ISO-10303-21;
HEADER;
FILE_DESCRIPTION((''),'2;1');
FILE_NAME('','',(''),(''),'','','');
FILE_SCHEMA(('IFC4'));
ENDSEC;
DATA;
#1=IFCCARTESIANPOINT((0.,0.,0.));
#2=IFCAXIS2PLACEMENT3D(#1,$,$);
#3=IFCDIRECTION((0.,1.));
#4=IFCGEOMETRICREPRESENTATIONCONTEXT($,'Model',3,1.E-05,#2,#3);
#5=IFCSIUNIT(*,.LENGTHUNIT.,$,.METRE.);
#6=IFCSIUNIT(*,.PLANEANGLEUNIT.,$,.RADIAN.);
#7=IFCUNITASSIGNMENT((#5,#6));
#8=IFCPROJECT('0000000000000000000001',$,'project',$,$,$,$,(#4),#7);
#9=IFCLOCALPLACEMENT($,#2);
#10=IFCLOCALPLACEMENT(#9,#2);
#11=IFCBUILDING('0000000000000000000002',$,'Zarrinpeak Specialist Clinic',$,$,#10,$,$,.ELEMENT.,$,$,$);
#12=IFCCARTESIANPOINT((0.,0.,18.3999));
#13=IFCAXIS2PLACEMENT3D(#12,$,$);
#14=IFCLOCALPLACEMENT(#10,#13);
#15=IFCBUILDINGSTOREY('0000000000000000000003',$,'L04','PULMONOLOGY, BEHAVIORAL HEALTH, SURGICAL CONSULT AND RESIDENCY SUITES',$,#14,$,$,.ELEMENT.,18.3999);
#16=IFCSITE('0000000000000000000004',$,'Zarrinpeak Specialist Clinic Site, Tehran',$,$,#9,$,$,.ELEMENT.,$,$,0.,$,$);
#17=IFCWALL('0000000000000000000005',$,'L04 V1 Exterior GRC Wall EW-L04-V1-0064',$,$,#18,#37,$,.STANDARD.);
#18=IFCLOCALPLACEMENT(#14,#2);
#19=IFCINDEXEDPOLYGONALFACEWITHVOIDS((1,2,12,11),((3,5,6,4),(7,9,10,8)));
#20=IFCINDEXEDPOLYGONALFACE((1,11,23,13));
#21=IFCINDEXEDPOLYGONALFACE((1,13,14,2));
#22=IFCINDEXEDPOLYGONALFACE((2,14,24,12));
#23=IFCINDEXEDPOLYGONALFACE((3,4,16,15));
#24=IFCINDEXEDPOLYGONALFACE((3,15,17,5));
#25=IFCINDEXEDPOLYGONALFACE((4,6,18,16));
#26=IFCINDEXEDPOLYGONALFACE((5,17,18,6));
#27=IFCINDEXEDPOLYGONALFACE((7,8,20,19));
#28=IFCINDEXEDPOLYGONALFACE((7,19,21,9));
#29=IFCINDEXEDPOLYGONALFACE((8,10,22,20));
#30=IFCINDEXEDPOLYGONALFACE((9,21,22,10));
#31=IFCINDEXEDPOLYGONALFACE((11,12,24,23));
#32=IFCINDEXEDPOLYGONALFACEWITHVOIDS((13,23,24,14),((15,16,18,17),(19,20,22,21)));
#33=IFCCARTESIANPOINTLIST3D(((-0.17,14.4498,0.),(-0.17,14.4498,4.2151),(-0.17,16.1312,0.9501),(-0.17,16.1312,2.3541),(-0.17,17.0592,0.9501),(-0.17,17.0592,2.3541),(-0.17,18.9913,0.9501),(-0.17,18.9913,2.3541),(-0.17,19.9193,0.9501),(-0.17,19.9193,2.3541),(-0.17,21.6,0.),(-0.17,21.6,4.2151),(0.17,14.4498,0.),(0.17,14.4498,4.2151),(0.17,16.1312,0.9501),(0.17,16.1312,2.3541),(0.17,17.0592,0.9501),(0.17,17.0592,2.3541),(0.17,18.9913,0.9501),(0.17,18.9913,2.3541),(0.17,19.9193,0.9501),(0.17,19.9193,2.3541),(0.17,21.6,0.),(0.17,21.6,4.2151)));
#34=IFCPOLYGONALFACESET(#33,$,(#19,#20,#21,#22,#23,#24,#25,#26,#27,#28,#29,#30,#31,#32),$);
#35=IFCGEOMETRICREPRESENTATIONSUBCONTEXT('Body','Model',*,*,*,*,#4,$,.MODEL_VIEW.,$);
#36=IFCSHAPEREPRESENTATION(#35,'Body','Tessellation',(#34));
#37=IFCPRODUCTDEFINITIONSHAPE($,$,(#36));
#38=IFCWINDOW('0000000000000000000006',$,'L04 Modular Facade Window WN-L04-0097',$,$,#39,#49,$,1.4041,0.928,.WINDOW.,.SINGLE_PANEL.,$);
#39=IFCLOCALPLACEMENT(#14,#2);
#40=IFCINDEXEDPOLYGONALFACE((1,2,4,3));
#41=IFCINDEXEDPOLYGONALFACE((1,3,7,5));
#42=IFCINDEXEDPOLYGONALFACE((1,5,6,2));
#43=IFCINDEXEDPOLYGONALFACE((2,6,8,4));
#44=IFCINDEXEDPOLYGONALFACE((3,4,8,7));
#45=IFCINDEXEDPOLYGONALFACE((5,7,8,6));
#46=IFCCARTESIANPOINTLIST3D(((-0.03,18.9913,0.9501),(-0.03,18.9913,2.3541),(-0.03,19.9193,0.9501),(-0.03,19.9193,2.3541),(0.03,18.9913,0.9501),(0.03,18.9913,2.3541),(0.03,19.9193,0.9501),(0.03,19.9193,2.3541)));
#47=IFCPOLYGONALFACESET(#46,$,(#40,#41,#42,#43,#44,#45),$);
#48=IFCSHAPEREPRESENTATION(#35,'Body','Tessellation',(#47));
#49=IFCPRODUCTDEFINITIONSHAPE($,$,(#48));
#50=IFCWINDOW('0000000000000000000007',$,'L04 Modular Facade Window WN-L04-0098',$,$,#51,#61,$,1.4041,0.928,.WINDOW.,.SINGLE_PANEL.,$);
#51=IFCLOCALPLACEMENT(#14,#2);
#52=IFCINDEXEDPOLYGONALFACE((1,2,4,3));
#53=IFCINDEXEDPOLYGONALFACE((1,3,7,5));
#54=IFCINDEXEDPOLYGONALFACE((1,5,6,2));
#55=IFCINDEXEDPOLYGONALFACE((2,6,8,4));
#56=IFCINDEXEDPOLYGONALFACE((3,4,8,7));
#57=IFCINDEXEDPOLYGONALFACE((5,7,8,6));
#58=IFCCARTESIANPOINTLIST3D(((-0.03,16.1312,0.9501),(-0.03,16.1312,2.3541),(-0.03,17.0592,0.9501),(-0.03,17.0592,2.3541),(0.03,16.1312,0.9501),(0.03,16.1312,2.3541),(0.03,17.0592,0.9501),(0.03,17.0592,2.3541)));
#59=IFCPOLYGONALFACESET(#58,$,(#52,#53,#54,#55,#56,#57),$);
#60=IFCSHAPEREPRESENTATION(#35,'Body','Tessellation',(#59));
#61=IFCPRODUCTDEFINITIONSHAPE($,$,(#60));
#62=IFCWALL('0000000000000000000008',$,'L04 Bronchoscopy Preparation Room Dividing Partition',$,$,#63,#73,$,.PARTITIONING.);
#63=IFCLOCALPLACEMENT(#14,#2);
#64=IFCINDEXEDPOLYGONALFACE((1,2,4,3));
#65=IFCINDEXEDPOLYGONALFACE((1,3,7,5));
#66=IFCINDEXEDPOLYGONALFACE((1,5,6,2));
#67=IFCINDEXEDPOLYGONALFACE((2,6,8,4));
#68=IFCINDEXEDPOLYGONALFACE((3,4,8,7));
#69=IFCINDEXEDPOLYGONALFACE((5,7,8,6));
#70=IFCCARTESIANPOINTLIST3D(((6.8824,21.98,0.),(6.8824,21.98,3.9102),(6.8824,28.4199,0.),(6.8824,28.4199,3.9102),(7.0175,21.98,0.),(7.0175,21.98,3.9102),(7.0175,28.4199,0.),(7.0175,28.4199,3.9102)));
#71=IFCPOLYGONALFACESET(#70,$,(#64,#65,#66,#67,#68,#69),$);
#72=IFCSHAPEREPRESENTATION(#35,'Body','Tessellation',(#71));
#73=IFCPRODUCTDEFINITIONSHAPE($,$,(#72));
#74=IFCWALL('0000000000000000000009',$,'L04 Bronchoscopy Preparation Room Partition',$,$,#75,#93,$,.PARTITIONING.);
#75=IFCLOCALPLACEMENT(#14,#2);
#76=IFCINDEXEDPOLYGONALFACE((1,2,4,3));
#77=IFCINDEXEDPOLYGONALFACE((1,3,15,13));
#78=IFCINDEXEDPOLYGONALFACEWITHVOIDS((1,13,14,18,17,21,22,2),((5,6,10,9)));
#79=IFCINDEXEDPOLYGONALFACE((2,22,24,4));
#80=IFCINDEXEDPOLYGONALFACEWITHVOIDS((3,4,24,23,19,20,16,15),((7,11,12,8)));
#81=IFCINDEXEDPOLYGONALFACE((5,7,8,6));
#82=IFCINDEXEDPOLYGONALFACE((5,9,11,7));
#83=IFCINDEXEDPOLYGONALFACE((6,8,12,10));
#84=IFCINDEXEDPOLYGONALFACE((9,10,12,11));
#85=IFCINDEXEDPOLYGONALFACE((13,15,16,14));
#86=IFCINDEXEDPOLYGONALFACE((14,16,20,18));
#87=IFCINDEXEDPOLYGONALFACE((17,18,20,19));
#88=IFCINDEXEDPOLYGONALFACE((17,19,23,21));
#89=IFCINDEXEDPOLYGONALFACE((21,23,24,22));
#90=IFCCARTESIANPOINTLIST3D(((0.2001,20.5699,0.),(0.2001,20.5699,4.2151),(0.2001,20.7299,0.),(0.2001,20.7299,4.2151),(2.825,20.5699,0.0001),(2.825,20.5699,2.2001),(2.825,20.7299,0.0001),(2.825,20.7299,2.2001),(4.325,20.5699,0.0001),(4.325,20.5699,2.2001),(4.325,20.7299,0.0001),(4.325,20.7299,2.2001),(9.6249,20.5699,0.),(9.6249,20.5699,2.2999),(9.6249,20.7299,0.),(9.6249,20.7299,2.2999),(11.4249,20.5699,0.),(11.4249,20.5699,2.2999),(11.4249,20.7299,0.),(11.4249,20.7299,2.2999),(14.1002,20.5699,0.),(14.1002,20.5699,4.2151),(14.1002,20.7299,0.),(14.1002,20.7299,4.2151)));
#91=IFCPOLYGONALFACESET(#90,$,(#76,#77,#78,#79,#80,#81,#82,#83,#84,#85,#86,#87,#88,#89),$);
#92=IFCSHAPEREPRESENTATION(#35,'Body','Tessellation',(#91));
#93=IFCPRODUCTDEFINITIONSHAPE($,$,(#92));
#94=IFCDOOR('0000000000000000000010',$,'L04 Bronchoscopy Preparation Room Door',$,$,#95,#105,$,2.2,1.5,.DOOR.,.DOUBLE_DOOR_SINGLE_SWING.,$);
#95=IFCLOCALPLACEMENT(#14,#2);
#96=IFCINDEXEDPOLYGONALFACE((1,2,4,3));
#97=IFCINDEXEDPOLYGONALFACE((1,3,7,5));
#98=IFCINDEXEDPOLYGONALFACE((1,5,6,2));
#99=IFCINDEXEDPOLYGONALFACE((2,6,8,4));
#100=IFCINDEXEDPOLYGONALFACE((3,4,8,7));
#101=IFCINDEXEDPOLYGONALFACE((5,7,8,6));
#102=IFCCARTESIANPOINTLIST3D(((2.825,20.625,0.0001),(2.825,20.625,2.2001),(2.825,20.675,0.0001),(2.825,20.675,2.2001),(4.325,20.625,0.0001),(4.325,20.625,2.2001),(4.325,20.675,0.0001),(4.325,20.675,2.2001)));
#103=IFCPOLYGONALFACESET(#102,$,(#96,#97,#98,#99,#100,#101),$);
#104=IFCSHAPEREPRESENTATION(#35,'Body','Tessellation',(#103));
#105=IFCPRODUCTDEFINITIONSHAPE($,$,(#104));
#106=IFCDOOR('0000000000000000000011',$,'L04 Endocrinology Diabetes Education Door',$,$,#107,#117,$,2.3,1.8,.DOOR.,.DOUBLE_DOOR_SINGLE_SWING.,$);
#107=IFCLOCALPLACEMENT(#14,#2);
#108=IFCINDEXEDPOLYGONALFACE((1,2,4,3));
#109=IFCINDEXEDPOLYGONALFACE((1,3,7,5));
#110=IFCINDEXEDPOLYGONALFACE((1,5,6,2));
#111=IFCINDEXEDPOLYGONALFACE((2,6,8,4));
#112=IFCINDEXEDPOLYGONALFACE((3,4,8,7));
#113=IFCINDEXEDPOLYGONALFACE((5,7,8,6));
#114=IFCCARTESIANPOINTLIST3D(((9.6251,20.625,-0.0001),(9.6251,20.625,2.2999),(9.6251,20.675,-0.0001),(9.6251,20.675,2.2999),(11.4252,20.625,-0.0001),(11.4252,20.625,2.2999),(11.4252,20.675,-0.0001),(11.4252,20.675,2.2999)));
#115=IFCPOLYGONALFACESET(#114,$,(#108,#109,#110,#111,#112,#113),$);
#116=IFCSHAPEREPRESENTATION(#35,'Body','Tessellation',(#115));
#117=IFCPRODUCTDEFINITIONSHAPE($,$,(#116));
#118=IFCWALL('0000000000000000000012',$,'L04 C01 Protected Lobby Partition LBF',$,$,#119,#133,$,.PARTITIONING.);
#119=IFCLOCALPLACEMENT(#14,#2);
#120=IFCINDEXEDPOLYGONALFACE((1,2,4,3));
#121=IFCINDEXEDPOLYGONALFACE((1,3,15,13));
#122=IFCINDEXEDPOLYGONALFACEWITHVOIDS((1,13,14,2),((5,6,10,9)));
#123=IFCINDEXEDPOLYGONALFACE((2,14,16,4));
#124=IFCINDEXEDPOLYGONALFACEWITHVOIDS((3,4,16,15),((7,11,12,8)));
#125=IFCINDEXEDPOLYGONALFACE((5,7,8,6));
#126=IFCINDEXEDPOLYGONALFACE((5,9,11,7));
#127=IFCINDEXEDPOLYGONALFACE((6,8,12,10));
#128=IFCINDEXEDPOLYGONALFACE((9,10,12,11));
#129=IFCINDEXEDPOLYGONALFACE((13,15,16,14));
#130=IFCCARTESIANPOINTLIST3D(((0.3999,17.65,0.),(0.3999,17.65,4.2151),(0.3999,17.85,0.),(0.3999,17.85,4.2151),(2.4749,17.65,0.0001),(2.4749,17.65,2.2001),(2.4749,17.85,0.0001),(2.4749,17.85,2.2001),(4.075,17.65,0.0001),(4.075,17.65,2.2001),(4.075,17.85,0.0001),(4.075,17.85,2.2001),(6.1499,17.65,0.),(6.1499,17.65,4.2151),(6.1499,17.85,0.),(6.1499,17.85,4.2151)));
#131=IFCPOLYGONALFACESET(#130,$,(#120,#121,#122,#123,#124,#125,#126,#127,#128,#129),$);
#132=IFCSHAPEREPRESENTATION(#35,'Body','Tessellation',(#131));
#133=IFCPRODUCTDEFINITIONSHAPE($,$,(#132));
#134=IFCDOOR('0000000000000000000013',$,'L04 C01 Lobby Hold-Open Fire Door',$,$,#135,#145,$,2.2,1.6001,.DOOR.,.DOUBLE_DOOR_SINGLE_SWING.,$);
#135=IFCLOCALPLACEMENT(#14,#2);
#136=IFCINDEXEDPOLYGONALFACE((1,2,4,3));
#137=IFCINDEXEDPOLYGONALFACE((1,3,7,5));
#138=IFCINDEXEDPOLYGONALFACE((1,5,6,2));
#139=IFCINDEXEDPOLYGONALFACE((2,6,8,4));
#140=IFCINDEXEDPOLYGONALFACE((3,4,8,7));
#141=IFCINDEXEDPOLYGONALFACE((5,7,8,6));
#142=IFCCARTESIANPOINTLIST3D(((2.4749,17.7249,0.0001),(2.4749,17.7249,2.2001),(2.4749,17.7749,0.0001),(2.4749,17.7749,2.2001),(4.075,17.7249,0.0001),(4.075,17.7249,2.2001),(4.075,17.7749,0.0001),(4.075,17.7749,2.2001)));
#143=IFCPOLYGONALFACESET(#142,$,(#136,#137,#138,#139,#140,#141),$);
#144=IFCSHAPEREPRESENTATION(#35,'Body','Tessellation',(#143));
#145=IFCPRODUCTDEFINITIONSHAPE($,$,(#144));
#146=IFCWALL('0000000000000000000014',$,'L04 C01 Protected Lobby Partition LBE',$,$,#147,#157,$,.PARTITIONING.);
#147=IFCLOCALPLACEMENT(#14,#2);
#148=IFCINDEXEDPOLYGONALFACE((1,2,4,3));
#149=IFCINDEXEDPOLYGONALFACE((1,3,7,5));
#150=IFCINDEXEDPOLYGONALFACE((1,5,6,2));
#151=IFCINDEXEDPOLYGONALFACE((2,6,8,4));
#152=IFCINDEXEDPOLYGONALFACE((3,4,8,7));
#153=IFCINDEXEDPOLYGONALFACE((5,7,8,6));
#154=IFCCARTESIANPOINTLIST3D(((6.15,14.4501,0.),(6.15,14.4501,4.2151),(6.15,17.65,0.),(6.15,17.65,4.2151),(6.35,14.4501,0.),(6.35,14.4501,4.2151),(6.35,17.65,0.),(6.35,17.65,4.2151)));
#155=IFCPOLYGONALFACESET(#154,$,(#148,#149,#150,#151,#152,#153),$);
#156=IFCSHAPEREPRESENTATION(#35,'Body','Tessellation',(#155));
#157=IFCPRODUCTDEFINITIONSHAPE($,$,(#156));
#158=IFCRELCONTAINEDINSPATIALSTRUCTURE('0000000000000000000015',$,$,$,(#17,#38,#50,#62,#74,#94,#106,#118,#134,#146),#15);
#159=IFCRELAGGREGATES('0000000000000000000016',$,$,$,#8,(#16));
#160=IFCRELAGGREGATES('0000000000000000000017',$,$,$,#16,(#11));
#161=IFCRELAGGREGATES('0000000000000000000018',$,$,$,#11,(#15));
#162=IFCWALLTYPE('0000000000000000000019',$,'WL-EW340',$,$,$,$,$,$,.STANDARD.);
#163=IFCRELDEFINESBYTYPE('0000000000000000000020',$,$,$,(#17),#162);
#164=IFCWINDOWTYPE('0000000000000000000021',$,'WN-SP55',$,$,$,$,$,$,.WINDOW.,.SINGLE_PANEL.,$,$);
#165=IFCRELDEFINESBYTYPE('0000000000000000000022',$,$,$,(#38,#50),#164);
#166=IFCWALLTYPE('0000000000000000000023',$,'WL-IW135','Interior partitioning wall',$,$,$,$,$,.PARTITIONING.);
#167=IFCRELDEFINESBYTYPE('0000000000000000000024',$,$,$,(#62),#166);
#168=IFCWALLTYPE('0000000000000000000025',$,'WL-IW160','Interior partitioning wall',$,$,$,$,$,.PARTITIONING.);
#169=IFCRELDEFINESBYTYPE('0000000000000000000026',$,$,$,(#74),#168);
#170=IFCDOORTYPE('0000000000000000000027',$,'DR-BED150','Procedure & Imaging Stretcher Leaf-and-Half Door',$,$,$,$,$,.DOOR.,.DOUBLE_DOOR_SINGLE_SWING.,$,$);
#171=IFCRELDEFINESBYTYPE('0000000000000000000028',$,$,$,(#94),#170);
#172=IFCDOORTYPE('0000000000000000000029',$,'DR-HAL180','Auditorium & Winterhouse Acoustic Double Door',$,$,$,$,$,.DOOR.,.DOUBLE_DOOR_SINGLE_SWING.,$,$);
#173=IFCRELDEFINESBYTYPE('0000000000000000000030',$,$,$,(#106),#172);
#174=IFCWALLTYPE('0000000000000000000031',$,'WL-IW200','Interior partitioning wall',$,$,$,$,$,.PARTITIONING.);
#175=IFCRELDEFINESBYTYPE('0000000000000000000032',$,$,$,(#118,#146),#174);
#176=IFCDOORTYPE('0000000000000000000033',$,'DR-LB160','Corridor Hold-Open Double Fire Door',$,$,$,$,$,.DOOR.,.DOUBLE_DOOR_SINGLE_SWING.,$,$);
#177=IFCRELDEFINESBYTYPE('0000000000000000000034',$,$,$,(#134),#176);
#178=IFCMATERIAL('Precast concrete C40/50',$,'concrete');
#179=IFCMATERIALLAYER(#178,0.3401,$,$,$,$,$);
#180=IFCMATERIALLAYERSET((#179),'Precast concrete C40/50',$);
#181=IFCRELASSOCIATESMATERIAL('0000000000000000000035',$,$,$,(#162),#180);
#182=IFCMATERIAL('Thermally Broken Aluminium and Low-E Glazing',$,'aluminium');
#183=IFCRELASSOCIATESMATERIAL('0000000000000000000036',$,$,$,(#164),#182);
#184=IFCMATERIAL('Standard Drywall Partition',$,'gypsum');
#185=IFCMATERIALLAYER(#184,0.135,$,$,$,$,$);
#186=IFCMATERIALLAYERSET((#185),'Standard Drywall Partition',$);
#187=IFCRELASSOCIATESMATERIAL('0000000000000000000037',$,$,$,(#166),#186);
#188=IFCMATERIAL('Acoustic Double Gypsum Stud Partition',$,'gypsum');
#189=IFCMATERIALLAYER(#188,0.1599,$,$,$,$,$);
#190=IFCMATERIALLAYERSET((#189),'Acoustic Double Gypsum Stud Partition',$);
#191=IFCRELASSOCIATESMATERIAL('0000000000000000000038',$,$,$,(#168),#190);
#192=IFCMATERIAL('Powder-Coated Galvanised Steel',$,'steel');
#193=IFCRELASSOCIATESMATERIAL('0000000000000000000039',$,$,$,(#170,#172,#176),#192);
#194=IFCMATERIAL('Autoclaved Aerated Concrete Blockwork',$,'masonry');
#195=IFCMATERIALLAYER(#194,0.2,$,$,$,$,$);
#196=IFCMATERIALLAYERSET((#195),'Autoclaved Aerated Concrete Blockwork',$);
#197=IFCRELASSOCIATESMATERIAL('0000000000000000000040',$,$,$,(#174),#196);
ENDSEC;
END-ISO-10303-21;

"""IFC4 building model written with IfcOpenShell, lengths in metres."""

from ifc_helpers import new_model, si_unit, direction, frame, frame_2d, origin, place, context, subcontext, project, spatial, rectangle, extrude, material, layer, layer_set, type_object, element, fill, save


model = new_model("IFC4")

# Units and contexts
model_context = context("Model", 3, precision=1e-05, world=origin(), true_north=direction((0.0, 1.0)))
body_context = subcontext(model_context, "Body", "Model", "MODEL_VIEW")
ifc_project = project(units=[si_unit("LENGTHUNIT", "METRE"), si_unit("PLANEANGLEUNIT", "RADIAN")], contexts=[model_context])

# Site, building, storey
site_placement = place(None, origin())
site = spatial("IfcSite", under=ifc_project, at=site_placement, Name="Zarrinpeak Specialist Clinic Site, Tehran", CompositionType="ELEMENT", RefElevation=0.0)
building_placement = place(site_placement, origin())
building = spatial("IfcBuilding", under=site, at=building_placement, Name="Zarrinpeak Specialist Clinic", CompositionType="ELEMENT")
storey_placement = place(building_placement, frame((0.0, 0.0, 18.3999)))
storey = spatial("IfcBuildingStorey", under=building, at=storey_placement, Name="L04", Description="PULMONOLOGY, BEHAVIORAL HEALTH, SURGICAL CONSULT AND RESIDENCY SUITES", CompositionType="ELEMENT", Elevation=18.3999)

# Shared definitions
ifc_material_1 = material(Name="Powder-Coated Galvanised Steel", Category="steel")

# Wall, openings, windows
ifc_material_2 = material(Name="Precast concrete C40/50", Category="concrete")
ifc_layer_1 = layer(ifc_material_2, 0.3401)
ifc_layer_set_1 = layer_set([ifc_layer_1], Name="Precast concrete C40/50")
wall_type_1 = type_object("IfcWallType", Name="WL-EW340", PredefinedType="STANDARD", material=ifc_layer_set_1)
wall_1_placement = place(storey_placement, frame((0.0, 21.6001, 0.0), z_axis=(0.0, 0.0, 1.0), x_axis=(0.0, -1.0, 0.0)))
wall_1 = element("IfcWall", 1, at=wall_1_placement, inside=storey, type_object=wall_type_1, Name="L04 V1 Exterior GRC Wall EW-L04-V1-0064", PredefinedType="STANDARD", context=body_context, shape_type="SweptSolid", body=[
    extrude(rectangle(XDim=7.1501, YDim=0.3401, at=frame_2d((3.5752, 0.0))), origin(), (0.0, 0.0, 1.0), 4.2151),
])
opening_1_placement = place(wall_1_placement, frame((1.6809, 0.0, 0.95)))
opening_1 = element("IfcOpeningElement", 2, at=opening_1_placement, cuts=wall_1, PredefinedType="OPENING", context=body_context, shape_type="SweptSolid", body=[
    extrude(rectangle(XDim=0.928, YDim=1.4041, at=frame_2d((0.4639, 0.7021))), frame((0.0, 0.1802, 0.0), z_axis=(0.0, -1.0, 0.0), x_axis=(1.0, 0.0, 0.0)), (0.0, 0.0, 1.0), 0.3601),
])
opening_2_placement = place(wall_1_placement, frame((4.541, 0.0, 0.95)))
opening_2 = element("IfcOpeningElement", 3, at=opening_2_placement, cuts=wall_1, PredefinedType="OPENING", context=body_context, shape_type="SweptSolid", body=[
    extrude(rectangle(XDim=0.928, YDim=1.4041, at=frame_2d((0.4639, 0.7021))), frame((0.0, 0.1802, 0.0), z_axis=(0.0, -1.0, 0.0), x_axis=(1.0, 0.0, 0.0)), (0.0, 0.0, 1.0), 0.3601),
])
ifc_material_3 = material(Name="Thermally Broken Aluminium and Low-E Glazing", Category="aluminium")
window_type = type_object("IfcWindowType", Name="WN-SP55", PartitioningType="SINGLE_PANEL", PredefinedType="WINDOW", material=ifc_material_3)
window_1_placement = place(opening_1_placement, origin())
window_1 = element("IfcWindow", 4, at=window_1_placement, inside=storey, type_object=window_type, Name="L04 Modular Facade Window WN-L04-0097", OverallHeight=1.4041, OverallWidth=0.928, PartitioningType="SINGLE_PANEL", PredefinedType="WINDOW", context=body_context, shape_type="SweptSolid", body=[
    extrude(rectangle(XDim=0.928, YDim=1.4041, at=frame_2d((0.4639, 0.7021))), frame((0.0, 0.03, 0.0), z_axis=(0.0, -1.0, 0.0), x_axis=(1.0, 0.0, 0.0)), (0.0, 0.0, 1.0), 0.0601),
])
fill(opening_1, window_1)
window_2_placement = place(opening_2_placement, origin())
window_2 = element("IfcWindow", 5, at=window_2_placement, inside=storey, type_object=window_type, Name="L04 Modular Facade Window WN-L04-0098", OverallHeight=1.4041, OverallWidth=0.928, PartitioningType="SINGLE_PANEL", PredefinedType="WINDOW", context=body_context, shape_type="SweptSolid", body=[
    extrude(rectangle(XDim=0.928, YDim=1.4041, at=frame_2d((0.4639, 0.7021))), frame((0.0, 0.03, 0.0), z_axis=(0.0, -1.0, 0.0), x_axis=(1.0, 0.0, 0.0)), (0.0, 0.0, 1.0), 0.0601),
])
fill(opening_2, window_2)

# Wall
ifc_material_4 = material(Name="Standard Drywall Partition", Category="gypsum")
ifc_layer_2 = layer(ifc_material_4, 0.135)
ifc_layer_set_2 = layer_set([ifc_layer_2], Name="Standard Drywall Partition")
wall_type_2 = type_object("IfcWallType", Name="WL-IW135", Description="Interior partitioning wall", PredefinedType="PARTITIONING", material=ifc_layer_set_2)
wall_2_placement = place(storey_placement, frame((6.95, 21.98, 0.0), z_axis=(0.0, 0.0, 1.0), x_axis=(0.0, 1.0, 0.0)))
element("IfcWall", 6, at=wall_2_placement, inside=storey, type_object=wall_type_2, Name="L04 Bronchoscopy Preparation Room Dividing Partition", PredefinedType="PARTITIONING", context=body_context, shape_type="SweptSolid", body=[
    extrude(rectangle(XDim=6.4399, YDim=0.135, at=frame_2d((3.22, 0.0))), origin(), (0.0, 0.0, 1.0), 3.9102),
])

# Wall, openings, doors
ifc_material_5 = material(Name="Acoustic Double Gypsum Stud Partition", Category="gypsum")
ifc_layer_3 = layer(ifc_material_5, 0.1599)
ifc_layer_set_3 = layer_set([ifc_layer_3], Name="Acoustic Double Gypsum Stud Partition")
wall_type_3 = type_object("IfcWallType", Name="WL-IW160", Description="Interior partitioning wall", PredefinedType="PARTITIONING", material=ifc_layer_set_3)
wall_3_placement = place(storey_placement, frame((0.2, 20.6499, 0.0), z_axis=(0.0, 0.0, 1.0), x_axis=(1.0, 0.0, 0.0)))
wall_3 = element("IfcWall", 7, at=wall_3_placement, inside=storey, type_object=wall_type_3, Name="L04 Bronchoscopy Preparation Room Partition", PredefinedType="PARTITIONING", context=body_context, shape_type="SweptSolid", body=[
    extrude(rectangle(XDim=13.9001, YDim=0.1599, at=frame_2d((6.9502, 0.0))), origin(), (0.0, 0.0, 1.0), 4.2151),
])
opening_3_placement = place(wall_3_placement, frame((2.625, 0.0, 0.0)))
opening_3 = element("IfcOpeningElement", 8, at=opening_3_placement, cuts=wall_3, PredefinedType="OPENING", context=body_context, shape_type="SweptSolid", body=[
    extrude(rectangle(XDim=1.5, YDim=2.2, at=frame_2d((0.75, 1.1001))), frame((0.0, 0.0898, 0.0), z_axis=(0.0, -1.0, 0.0), x_axis=(1.0, 0.0, 0.0)), (0.0, 0.0, 1.0), 0.1799),
])
opening_4_placement = place(wall_3_placement, frame((9.425, 0.0, 0.0)))
opening_4 = element("IfcOpeningElement", 9, at=opening_4_placement, cuts=wall_3, PredefinedType="OPENING", context=body_context, shape_type="SweptSolid", body=[
    extrude(rectangle(XDim=1.8, YDim=2.3, at=frame_2d((0.8999, 1.1499))), frame((0.0, 0.0898, 0.0), z_axis=(0.0, -1.0, 0.0), x_axis=(1.0, 0.0, 0.0)), (0.0, 0.0, 1.0), 0.1799),
])
door_type_1 = type_object("IfcDoorType", Name="DR-BED150", Description="Procedure & Imaging Stretcher Leaf-and-Half Door", OperationType="DOUBLE_DOOR_SINGLE_SWING", PredefinedType="DOOR", material=ifc_material_1)
door_1_placement = place(opening_3_placement, frame((1.5, 0.0, 0.0), z_axis=(0.0, 0.0, 1.0), x_axis=(-1.0, 0.0, 0.0)))
door_1 = element("IfcDoor", 10, at=door_1_placement, inside=storey, type_object=door_type_1, Name="L04 Bronchoscopy Preparation Room Door", OperationType="DOUBLE_DOOR_SINGLE_SWING", OverallHeight=2.2, OverallWidth=1.5, PredefinedType="DOOR", context=body_context, shape_type="SweptSolid", body=[
    extrude(rectangle(XDim=1.5, YDim=2.2, at=frame_2d((0.75, 1.1001))), frame((0.0, 0.0249, 0.0), z_axis=(0.0, -1.0, 0.0), x_axis=(1.0, 0.0, 0.0)), (0.0, 0.0, 1.0), 0.05),
])
fill(opening_3, door_1)
door_type_2 = type_object("IfcDoorType", Name="DR-HAL180", Description="Auditorium & Winterhouse Acoustic Double Door", OperationType="DOUBLE_DOOR_SINGLE_SWING", PredefinedType="DOOR", material=ifc_material_1)
door_2_placement = place(opening_4_placement, frame((1.8, 0.0, 0.0), z_axis=(0.0, 0.0, 1.0), x_axis=(-1.0, 0.0, 0.0)))
door_2 = element("IfcDoor", 11, at=door_2_placement, inside=storey, type_object=door_type_2, Name="L04 Endocrinology Diabetes Education Door", OperationType="DOUBLE_DOOR_SINGLE_SWING", OverallHeight=2.3, OverallWidth=1.8, PredefinedType="DOOR", context=body_context, shape_type="SweptSolid", body=[
    extrude(rectangle(XDim=1.8, YDim=2.3, at=frame_2d((0.8999, 1.1499))), frame((0.0, 0.0249, 0.0), z_axis=(0.0, -1.0, 0.0), x_axis=(1.0, 0.0, 0.0)), (0.0, 0.0, 1.0), 0.05),
])
fill(opening_4, door_2)

# Wall, opening, door
ifc_material_6 = material(Name="Autoclaved Aerated Concrete Blockwork", Category="masonry")
ifc_layer_4 = layer(ifc_material_6, 0.2)
ifc_layer_set_4 = layer_set([ifc_layer_4], Name="Autoclaved Aerated Concrete Blockwork")
wall_type_4 = type_object("IfcWallType", Name="WL-IW200", Description="Interior partitioning wall", PredefinedType="PARTITIONING", material=ifc_layer_set_4)
wall_4_placement = place(storey_placement, frame((0.3999, 17.75, 0.0), z_axis=(0.0, 0.0, 1.0), x_axis=(1.0, 0.0, 0.0)))
wall_4 = element("IfcWall", 12, at=wall_4_placement, inside=storey, type_object=wall_type_4, Name="L04 C01 Protected Lobby Partition LBF", PredefinedType="PARTITIONING", context=body_context, shape_type="SweptSolid", body=[
    extrude(rectangle(XDim=5.75, YDim=0.2, at=frame_2d((2.875, 0.0))), origin(), (0.0, 0.0, 1.0), 4.2151),
])
opening_5_placement = place(wall_4_placement, frame((2.075, 0.0, 0.0)))
opening_5 = element("IfcOpeningElement", 13, at=opening_5_placement, cuts=wall_4, PredefinedType="OPENING", context=body_context, shape_type="SweptSolid", body=[
    extrude(rectangle(XDim=1.6001, YDim=2.2, at=frame_2d((0.8, 1.1001))), frame((0.0, 0.1099, 0.0), z_axis=(0.0, -1.0, 0.0), x_axis=(1.0, 0.0, 0.0)), (0.0, 0.0, 1.0), 0.22),
])
door_type_3 = type_object("IfcDoorType", Name="DR-LB160", Description="Corridor Hold-Open Double Fire Door", OperationType="DOUBLE_DOOR_SINGLE_SWING", PredefinedType="DOOR", material=ifc_material_1)
door_3_placement = place(opening_5_placement, origin())
door_3 = element("IfcDoor", 14, at=door_3_placement, inside=storey, type_object=door_type_3, Name="L04 C01 Lobby Hold-Open Fire Door", OperationType="DOUBLE_DOOR_SINGLE_SWING", OverallHeight=2.2, OverallWidth=1.6001, PredefinedType="DOOR", context=body_context, shape_type="SweptSolid", body=[
    extrude(rectangle(XDim=1.6001, YDim=2.2, at=frame_2d((0.8, 1.1001))), frame((0.0, 0.0249, 0.0), z_axis=(0.0, -1.0, 0.0), x_axis=(1.0, 0.0, 0.0)), (0.0, 0.0, 1.0), 0.05),
])
fill(opening_5, door_3)

# Wall
wall_5_placement = place(storey_placement, frame((6.25, 14.45, 0.0), z_axis=(0.0, 0.0, 1.0), x_axis=(0.0, 1.0, 0.0)))
element("IfcWall", 15, at=wall_5_placement, inside=storey, type_object=wall_type_4, Name="L04 C01 Protected Lobby Partition LBE", PredefinedType="PARTITIONING", context=body_context, shape_type="SweptSolid", body=[
    extrude(rectangle(XDim=3.2, YDim=0.2, at=frame_2d((1.6001, 0.0))), origin(), (0.0, 0.0, 1.0), 4.2151),
])

save(model, "model.ifc")
